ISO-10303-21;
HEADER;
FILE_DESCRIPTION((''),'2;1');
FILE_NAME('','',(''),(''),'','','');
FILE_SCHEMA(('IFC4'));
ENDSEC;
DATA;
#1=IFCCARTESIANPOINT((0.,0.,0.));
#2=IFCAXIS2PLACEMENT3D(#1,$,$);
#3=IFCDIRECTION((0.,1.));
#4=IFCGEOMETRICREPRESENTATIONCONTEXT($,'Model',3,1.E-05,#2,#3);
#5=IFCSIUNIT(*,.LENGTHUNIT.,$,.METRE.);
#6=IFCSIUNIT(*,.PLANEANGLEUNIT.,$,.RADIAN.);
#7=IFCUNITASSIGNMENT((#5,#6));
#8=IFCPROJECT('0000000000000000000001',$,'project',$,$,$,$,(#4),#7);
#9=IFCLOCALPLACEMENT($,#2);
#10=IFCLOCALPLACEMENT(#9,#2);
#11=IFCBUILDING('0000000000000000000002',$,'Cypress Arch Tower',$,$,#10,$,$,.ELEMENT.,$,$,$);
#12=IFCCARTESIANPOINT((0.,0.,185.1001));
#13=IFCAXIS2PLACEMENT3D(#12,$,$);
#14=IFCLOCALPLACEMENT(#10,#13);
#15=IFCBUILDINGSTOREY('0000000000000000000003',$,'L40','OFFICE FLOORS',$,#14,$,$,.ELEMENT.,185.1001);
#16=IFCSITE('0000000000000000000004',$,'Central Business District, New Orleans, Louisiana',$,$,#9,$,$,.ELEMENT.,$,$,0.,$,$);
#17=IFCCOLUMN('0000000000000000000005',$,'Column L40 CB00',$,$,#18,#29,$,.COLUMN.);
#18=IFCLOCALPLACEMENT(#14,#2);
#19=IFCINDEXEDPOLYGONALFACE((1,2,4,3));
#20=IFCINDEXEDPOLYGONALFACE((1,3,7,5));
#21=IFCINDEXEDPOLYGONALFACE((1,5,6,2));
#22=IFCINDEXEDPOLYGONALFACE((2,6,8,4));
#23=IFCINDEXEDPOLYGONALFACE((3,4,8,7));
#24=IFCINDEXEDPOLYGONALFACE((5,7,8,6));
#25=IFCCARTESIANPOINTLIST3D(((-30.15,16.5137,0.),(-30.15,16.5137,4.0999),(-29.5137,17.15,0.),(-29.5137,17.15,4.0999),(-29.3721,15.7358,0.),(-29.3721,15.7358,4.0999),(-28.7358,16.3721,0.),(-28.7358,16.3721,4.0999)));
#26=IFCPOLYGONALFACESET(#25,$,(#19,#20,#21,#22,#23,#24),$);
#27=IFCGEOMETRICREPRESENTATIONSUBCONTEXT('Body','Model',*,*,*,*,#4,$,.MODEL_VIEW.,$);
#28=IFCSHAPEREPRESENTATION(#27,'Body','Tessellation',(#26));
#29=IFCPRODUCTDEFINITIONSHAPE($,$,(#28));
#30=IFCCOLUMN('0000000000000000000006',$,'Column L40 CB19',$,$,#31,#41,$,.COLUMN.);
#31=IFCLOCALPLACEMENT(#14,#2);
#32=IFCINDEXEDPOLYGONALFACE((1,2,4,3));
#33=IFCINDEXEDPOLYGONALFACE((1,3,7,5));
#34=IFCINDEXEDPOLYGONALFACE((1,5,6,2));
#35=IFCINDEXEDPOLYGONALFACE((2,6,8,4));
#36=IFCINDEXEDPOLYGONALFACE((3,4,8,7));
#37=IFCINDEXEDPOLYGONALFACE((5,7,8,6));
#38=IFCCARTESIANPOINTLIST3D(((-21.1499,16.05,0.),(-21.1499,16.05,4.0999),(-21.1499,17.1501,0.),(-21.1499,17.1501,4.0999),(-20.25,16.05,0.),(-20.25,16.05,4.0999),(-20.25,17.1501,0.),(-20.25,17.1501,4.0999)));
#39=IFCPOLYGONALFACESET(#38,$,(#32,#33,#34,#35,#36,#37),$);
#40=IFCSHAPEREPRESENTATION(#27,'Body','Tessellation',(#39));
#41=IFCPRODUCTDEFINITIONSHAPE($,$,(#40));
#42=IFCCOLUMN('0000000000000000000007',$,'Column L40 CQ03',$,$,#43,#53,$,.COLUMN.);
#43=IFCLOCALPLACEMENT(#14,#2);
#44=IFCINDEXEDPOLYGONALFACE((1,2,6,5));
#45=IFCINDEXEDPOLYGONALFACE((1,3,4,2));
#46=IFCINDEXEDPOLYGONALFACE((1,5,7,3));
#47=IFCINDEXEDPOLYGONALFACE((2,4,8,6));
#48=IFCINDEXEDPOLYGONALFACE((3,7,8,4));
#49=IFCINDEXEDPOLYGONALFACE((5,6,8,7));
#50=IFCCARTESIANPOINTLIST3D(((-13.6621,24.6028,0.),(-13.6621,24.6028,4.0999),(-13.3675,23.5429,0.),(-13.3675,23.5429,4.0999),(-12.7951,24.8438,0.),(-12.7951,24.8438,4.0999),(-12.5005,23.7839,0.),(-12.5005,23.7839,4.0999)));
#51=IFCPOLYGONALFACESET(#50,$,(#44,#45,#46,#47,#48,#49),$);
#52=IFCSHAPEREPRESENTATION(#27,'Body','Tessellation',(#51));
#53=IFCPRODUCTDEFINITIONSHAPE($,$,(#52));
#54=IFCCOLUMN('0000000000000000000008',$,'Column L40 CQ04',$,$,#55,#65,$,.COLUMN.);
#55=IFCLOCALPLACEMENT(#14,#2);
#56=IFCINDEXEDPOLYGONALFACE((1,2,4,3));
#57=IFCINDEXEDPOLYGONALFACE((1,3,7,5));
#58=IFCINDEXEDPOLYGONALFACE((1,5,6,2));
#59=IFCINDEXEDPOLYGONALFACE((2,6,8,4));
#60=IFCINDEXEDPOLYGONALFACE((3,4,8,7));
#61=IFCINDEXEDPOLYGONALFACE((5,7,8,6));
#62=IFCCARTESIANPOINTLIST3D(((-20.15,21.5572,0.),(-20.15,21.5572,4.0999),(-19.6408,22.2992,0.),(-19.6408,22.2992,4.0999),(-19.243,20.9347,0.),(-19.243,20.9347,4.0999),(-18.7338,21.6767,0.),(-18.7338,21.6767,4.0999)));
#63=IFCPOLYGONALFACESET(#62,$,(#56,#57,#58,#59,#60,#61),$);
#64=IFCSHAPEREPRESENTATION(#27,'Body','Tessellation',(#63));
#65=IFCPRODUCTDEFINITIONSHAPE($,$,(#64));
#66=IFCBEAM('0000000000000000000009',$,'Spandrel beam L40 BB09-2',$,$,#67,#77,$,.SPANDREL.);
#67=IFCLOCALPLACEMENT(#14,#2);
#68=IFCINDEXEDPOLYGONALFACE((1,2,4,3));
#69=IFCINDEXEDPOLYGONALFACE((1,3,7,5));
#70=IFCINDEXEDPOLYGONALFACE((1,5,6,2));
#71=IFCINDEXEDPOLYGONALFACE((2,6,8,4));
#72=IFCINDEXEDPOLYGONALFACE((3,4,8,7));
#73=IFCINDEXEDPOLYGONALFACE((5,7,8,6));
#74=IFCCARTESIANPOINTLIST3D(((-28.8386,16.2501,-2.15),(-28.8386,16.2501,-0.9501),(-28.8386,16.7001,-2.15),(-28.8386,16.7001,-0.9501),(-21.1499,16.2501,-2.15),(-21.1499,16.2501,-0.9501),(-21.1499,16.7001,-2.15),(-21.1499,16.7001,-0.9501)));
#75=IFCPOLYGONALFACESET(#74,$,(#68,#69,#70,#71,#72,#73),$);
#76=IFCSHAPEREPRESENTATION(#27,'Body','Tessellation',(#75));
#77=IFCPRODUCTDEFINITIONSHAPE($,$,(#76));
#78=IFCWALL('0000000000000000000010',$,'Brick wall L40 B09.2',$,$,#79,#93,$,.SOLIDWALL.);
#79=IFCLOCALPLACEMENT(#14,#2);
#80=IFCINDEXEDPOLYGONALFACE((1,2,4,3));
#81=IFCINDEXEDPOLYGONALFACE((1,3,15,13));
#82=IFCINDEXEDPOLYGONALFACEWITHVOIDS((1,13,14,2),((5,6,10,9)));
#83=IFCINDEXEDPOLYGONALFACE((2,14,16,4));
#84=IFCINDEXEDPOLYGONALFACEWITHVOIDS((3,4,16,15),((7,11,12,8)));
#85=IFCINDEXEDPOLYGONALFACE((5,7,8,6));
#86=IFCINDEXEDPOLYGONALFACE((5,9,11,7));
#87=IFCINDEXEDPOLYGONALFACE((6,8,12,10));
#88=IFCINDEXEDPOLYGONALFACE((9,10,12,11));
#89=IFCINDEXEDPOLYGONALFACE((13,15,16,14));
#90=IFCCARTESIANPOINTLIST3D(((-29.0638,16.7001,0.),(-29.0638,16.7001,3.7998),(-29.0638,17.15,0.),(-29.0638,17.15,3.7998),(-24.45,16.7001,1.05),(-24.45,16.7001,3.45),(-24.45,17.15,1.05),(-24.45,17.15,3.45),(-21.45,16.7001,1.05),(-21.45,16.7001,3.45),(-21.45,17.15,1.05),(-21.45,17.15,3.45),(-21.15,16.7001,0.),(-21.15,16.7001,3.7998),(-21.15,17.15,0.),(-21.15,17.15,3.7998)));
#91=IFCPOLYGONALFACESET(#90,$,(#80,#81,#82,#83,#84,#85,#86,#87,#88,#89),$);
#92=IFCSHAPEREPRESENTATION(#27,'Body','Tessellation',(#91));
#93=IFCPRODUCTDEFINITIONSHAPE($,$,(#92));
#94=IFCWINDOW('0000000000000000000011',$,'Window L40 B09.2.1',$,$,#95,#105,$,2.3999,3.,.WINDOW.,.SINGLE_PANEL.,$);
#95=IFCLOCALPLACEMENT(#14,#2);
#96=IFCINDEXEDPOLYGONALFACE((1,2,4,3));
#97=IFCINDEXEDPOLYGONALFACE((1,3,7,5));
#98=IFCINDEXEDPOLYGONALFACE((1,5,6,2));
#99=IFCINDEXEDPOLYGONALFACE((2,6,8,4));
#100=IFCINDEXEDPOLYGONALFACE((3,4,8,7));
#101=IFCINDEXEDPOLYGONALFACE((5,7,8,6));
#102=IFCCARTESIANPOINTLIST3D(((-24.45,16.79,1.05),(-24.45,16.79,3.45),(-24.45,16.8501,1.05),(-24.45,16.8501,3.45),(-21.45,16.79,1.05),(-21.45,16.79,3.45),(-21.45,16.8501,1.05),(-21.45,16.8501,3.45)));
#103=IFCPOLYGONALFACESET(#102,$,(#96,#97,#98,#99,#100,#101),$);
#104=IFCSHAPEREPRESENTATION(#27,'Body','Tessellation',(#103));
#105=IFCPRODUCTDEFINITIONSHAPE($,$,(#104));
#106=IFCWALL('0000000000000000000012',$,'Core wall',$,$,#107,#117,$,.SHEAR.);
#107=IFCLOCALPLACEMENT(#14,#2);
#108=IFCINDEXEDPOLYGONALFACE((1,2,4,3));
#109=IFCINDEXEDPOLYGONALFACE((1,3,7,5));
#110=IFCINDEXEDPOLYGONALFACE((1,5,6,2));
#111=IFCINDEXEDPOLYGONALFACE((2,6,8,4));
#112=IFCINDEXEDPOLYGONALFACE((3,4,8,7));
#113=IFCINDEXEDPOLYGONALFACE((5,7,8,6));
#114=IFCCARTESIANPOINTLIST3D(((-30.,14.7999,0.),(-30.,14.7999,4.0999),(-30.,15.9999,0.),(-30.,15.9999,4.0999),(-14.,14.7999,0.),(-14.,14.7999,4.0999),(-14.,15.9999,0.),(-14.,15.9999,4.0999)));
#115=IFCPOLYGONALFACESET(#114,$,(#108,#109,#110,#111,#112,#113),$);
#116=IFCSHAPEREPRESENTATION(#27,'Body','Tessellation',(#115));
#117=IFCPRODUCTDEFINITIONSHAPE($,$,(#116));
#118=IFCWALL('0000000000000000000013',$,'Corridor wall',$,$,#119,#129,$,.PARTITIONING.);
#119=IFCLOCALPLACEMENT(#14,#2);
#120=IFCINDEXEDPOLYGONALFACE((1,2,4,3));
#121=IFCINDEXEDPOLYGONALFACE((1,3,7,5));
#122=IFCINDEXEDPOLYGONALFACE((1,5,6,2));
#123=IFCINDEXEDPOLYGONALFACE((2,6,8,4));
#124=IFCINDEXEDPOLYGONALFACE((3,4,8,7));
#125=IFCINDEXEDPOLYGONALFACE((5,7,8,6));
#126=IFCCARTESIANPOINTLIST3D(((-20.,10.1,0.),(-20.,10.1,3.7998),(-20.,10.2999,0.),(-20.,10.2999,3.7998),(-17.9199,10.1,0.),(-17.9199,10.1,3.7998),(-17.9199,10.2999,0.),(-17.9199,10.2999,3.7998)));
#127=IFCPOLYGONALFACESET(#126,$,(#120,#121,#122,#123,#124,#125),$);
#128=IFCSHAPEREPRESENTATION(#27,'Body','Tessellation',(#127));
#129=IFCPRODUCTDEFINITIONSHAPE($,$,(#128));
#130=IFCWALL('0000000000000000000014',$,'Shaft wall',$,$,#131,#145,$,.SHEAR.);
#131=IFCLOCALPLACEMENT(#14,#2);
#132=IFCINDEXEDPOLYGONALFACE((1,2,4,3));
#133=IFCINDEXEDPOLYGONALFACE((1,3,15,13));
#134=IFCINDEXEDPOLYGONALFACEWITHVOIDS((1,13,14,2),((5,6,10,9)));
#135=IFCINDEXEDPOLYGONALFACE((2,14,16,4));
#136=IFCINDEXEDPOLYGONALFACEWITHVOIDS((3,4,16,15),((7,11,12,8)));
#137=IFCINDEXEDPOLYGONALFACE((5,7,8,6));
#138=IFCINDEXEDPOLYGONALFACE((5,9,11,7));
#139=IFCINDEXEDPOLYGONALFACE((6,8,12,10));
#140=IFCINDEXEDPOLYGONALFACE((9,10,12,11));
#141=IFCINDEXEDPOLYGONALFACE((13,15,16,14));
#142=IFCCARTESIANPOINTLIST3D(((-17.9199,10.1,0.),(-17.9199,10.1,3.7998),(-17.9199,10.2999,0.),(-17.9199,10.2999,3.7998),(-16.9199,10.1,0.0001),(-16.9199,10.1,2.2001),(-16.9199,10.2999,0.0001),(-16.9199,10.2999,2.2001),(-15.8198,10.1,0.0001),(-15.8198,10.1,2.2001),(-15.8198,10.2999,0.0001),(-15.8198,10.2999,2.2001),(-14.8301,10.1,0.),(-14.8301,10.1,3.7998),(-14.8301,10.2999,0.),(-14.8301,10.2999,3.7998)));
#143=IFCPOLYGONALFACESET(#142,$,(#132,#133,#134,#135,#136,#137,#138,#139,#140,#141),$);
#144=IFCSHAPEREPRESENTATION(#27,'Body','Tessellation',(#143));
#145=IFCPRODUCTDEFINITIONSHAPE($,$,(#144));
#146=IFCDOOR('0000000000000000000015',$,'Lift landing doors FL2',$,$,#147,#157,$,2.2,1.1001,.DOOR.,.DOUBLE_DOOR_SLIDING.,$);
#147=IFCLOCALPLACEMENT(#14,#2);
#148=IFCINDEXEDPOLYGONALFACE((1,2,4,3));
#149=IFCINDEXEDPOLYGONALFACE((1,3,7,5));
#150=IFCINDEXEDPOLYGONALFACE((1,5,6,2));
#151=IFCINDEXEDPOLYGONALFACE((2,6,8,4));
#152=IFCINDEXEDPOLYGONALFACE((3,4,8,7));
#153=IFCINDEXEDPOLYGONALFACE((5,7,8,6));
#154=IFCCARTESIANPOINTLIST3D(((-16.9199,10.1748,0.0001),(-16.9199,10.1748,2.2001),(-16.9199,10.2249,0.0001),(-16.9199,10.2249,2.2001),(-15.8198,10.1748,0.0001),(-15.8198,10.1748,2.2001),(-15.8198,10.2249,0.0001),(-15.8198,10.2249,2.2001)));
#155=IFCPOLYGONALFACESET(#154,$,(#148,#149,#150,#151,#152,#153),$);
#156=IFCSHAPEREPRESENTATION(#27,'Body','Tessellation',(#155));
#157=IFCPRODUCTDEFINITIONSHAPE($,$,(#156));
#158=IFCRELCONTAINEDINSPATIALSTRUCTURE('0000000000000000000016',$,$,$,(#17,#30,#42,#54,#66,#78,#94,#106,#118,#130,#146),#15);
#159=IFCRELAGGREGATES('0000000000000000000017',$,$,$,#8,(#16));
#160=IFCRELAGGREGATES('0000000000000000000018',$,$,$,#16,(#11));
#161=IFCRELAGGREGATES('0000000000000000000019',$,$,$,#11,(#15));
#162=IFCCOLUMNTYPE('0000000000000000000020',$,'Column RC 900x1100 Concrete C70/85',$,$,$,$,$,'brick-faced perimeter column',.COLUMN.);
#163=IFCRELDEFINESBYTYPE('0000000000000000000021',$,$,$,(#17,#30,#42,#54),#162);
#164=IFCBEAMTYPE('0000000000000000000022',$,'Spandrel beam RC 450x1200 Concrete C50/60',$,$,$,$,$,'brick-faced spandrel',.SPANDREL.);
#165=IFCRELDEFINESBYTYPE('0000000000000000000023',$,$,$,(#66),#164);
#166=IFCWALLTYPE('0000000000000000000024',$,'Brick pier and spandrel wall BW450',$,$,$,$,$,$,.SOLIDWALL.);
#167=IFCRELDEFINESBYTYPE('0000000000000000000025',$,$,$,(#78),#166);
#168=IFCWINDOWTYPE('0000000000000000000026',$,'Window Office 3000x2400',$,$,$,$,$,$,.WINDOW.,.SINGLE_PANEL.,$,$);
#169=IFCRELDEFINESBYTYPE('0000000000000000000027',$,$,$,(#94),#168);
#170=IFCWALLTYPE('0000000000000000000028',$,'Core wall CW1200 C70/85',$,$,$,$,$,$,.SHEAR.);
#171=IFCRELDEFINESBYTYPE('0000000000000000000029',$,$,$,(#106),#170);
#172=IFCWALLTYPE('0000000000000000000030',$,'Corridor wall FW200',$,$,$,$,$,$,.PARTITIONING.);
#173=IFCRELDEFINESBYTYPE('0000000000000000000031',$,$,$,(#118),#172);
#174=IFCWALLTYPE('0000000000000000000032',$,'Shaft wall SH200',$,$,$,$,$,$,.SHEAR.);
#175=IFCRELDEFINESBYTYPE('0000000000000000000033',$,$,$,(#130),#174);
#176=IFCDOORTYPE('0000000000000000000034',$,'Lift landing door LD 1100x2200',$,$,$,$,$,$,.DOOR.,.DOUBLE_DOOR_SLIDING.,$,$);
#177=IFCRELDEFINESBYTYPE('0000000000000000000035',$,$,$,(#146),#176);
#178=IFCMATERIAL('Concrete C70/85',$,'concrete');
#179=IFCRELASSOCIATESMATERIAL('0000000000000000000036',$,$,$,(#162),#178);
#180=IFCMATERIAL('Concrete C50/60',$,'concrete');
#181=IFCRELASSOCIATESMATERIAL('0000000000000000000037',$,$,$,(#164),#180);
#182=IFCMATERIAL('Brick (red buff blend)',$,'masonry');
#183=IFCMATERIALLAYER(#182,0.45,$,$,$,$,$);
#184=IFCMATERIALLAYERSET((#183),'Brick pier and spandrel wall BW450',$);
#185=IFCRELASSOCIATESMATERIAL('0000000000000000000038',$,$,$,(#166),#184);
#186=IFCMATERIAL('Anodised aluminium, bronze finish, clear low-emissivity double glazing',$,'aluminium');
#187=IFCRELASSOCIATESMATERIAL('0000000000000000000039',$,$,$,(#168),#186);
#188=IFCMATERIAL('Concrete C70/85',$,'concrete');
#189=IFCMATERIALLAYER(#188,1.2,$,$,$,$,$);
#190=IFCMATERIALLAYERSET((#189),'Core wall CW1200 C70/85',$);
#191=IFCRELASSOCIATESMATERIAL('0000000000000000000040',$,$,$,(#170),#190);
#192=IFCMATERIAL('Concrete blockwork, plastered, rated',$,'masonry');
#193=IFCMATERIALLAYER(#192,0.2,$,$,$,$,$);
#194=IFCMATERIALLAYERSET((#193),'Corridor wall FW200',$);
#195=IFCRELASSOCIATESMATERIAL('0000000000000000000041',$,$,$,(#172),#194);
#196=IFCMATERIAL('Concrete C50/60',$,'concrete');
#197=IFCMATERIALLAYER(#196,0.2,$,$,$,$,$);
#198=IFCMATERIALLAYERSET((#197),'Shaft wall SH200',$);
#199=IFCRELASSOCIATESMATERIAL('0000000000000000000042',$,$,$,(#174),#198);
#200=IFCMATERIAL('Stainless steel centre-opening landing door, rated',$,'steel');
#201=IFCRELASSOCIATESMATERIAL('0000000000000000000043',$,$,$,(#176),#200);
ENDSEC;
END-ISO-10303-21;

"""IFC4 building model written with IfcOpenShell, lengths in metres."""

from ifc_helpers import new_model, si_unit, direction, frame, frame_2d, origin, origin_2d, place, context, subcontext, project, spatial, rectangle, extrude, material, layer, layer_set, material_profile, profile_set, type_object, element, fill, save


model = new_model("IFC4")

# Units and contexts
model_context = context("Model", 3, precision=1e-05, world=origin(), true_north=direction((0.0, 1.0)))
body_context = subcontext(model_context, "Body", "Model", "MODEL_VIEW")
ifc_project = project(units=[si_unit("LENGTHUNIT", "METRE"), si_unit("PLANEANGLEUNIT", "RADIAN")], contexts=[model_context])

# Site, building, storey
site_placement = place(None, origin())
site = spatial("IfcSite", under=ifc_project, at=site_placement, Name="Central Business District, New Orleans, Louisiana", CompositionType="ELEMENT", RefElevation=0.0)
building_placement = place(site_placement, origin())
building = spatial("IfcBuilding", under=site, at=building_placement, Name="Cypress Arch Tower", CompositionType="ELEMENT")
storey_placement = place(building_placement, frame((0.0, 0.0, 185.1001)))
storey = spatial("IfcBuildingStorey", under=building, at=storey_placement, Name="L40", Description="OFFICE FLOORS", CompositionType="ELEMENT", Elevation=185.1001)

# Columns
ifc_material_1 = material(Name="Concrete C70/85", Category="concrete")
ifc_material_profile_1 = material_profile(ifc_material_1, rectangle(XDim=0.8999, YDim=1.1001, at=origin_2d()), Name="RC 900x1100")
ifc_profile_set_1 = profile_set([ifc_material_profile_1], Name="Concrete C70/85")
column_type = type_object("IfcColumnType", Name="Column RC 900x1100 Concrete C70/85", ElementType="brick-faced perimeter column", PredefinedType="COLUMN", material=ifc_profile_set_1)
for number, where, z_axis, x_axis, name in (
    (1, (-29.4429, 16.4429, 0.0), (0.0, 0.0, 1.0), (-0.707107, -0.707107, 0.0), "Column L40 CB00"),
    (2, (-20.7, 16.6001, 0.0), (0.0, 0.0, 1.0), (-1.0, 0.0, 0.0), "Column L40 CB19"),
    (3, (-13.0813, 24.1934, 0.0), (0.0, 0.0, 1.0), (-0.963456, -0.267868, 0.0), "Column L40 CQ03"),
    (4, (-19.4419, 21.6169, 0.0), (0.0, 0.0, 1.0), (-0.565893, -0.824479, 0.0), "Column L40 CQ04"),
):
    element("IfcColumn", number, at=place(storey_placement, frame(where, z_axis=z_axis, x_axis=x_axis)), inside=storey, type_object=column_type, Name=name, PredefinedType="COLUMN", context=body_context, shape_type="SweptSolid", body=[
        extrude(rectangle(XDim=0.8999, YDim=1.1001, at=origin_2d()), origin(), (0.0, 0.0, 1.0), 4.0999),
    ])

# Beam
ifc_material_2 = material(Name="Concrete C50/60", Category="concrete")
ifc_material_profile_2 = material_profile(ifc_material_2, rectangle(XDim=0.45, YDim=1.2, at=origin_2d()), Name="RC 450x1200")
ifc_profile_set_2 = profile_set([ifc_material_profile_2], Name="Concrete C50/60")
beam_type = type_object("IfcBeamType", Name="Spandrel beam RC 450x1200 Concrete C50/60", ElementType="brick-faced spandrel", PredefinedType="SPANDREL", material=ifc_profile_set_2)
beam_placement = place(storey_placement, frame((-21.1499, 16.4751, -1.55), z_axis=(-1.0, 0.0, 0.0), x_axis=(0.0, -1.0, 0.0)))
element("IfcBeam", 5, at=beam_placement, inside=storey, type_object=beam_type, Name="Spandrel beam L40 BB09-2", PredefinedType="SPANDREL", context=body_context, shape_type="SweptSolid", body=[
    extrude(rectangle(XDim=0.45, YDim=1.2, at=origin_2d()), origin(), (0.0, 0.0, 1.0), 7.6887),
])

# Wall, opening, window
ifc_material_3 = material(Name="Brick (red buff blend)", Category="masonry")
ifc_layer_1 = layer(ifc_material_3, 0.45)
ifc_layer_set_1 = layer_set([ifc_layer_1], Name="Brick pier and spandrel wall BW450")
wall_type_1 = type_object("IfcWallType", Name="Brick pier and spandrel wall BW450", PredefinedType="SOLIDWALL", material=ifc_layer_set_1)
wall_1_placement = place(storey_placement, frame((-21.1499, 16.925, 0.0), z_axis=(0.0, 0.0, 1.0), x_axis=(-1.0, 0.0, 0.0)))
wall_1 = element("IfcWall", 6, at=wall_1_placement, inside=storey, type_object=wall_type_1, Name="Brick wall L40 B09.2", PredefinedType="SOLIDWALL", context=body_context, shape_type="SweptSolid", body=[
    extrude(rectangle(XDim=7.9138, YDim=0.45, at=frame_2d((3.957, 0.0))), origin(), (0.0, 0.0, 1.0), 3.7998),
])
opening_1_placement = place(wall_1_placement, frame((0.3, 0.0, 1.05)))
opening_1 = element("IfcOpeningElement", 7, at=opening_1_placement, cuts=wall_1, PredefinedType="OPENING", context=body_context, shape_type="SweptSolid", body=[
    extrude(rectangle(XDim=3.0, YDim=2.3999, at=frame_2d((1.5, 1.2))), frame((0.0, 0.2349, 0.0), z_axis=(0.0, -1.0, 0.0), x_axis=(1.0, 0.0, 0.0)), (0.0, 0.0, 1.0), 0.47),
])
ifc_material_4 = material(Name="Anodised aluminium, bronze finish, clear low-emissivity double glazing", Category="aluminium")
window_type = type_object("IfcWindowType", Name="Window Office 3000x2400", PartitioningType="SINGLE_PANEL", PredefinedType="WINDOW", material=ifc_material_4)
window_placement = place(opening_1_placement, origin())
window = element("IfcWindow", 8, at=window_placement, inside=storey, type_object=window_type, Name="Window L40 B09.2.1", OverallHeight=2.3999, OverallWidth=3.0, PartitioningType="SINGLE_PANEL", PredefinedType="WINDOW", context=body_context, shape_type="SweptSolid", body=[
    extrude(rectangle(XDim=3.0, YDim=2.3999, at=frame_2d((1.5, 1.2))), frame((0.0, 0.135, 0.0), z_axis=(0.0, -1.0, 0.0), x_axis=(1.0, 0.0, 0.0)), (0.0, 0.0, 1.0), 0.0601),
])
fill(opening_1, window)

# Walls
ifc_material_5 = material(Name="Concrete C70/85", Category="concrete")
ifc_layer_2 = layer(ifc_material_5, 1.2)
ifc_layer_set_2 = layer_set([ifc_layer_2], Name="Core wall CW1200 C70/85")
wall_type_2 = type_object("IfcWallType", Name="Core wall CW1200 C70/85", PredefinedType="SHEAR", material=ifc_layer_set_2)
wall_2_placement = place(storey_placement, frame((-30.0, 15.3999, 0.0), z_axis=(0.0, 0.0, 1.0), x_axis=(1.0, 0.0, 0.0)))
element("IfcWall", 9, at=wall_2_placement, inside=storey, type_object=wall_type_2, Name="Core wall", PredefinedType="SHEAR", context=body_context, shape_type="SweptSolid", body=[
    extrude(rectangle(XDim=16.0, YDim=1.2, at=frame_2d((8.0, 0.0))), origin(), (0.0, 0.0, 1.0), 4.0999),
])
ifc_material_6 = material(Name="Concrete blockwork, plastered, rated", Category="masonry")
ifc_layer_3 = layer(ifc_material_6, 0.2)
ifc_layer_set_3 = layer_set([ifc_layer_3], Name="Corridor wall FW200")
wall_type_3 = type_object("IfcWallType", Name="Corridor wall FW200", PredefinedType="PARTITIONING", material=ifc_layer_set_3)
wall_3_placement = place(storey_placement, frame((-20.0, 10.2, 0.0), z_axis=(0.0, 0.0, 1.0), x_axis=(1.0, 0.0, 0.0)))
element("IfcWall", 10, at=wall_3_placement, inside=storey, type_object=wall_type_3, Name="Corridor wall", PredefinedType="PARTITIONING", context=body_context, shape_type="SweptSolid", body=[
    extrude(rectangle(XDim=2.0801, YDim=0.2, at=frame_2d((1.04, 0.0))), origin(), (0.0, 0.0, 1.0), 3.7998),
])

# Wall, opening, door
ifc_material_7 = material(Name="Concrete C50/60", Category="concrete")
ifc_layer_4 = layer(ifc_material_7, 0.2)
ifc_layer_set_4 = layer_set([ifc_layer_4], Name="Shaft wall SH200")
wall_type_4 = type_object("IfcWallType", Name="Shaft wall SH200", PredefinedType="SHEAR", material=ifc_layer_set_4)
wall_4_placement = place(storey_placement, frame((-17.9199, 10.2, 0.0), z_axis=(0.0, 0.0, 1.0), x_axis=(1.0, 0.0, 0.0)))
wall_4 = element("IfcWall", 11, at=wall_4_placement, inside=storey, type_object=wall_type_4, Name="Shaft wall", PredefinedType="SHEAR", context=body_context, shape_type="SweptSolid", body=[
    extrude(rectangle(XDim=3.0898, YDim=0.2, at=frame_2d((1.5449, 0.0))), origin(), (0.0, 0.0, 1.0), 3.7998),
])
opening_2_placement = place(wall_4_placement, frame((1.0, 0.0, 0.0)))
opening_2 = element("IfcOpeningElement", 12, at=opening_2_placement, cuts=wall_4, PredefinedType="OPENING", context=body_context, shape_type="SweptSolid", body=[
    extrude(rectangle(XDim=1.1001, YDim=2.2, at=frame_2d((0.55, 1.1001))), frame((0.0, 0.1099, 0.0), z_axis=(0.0, -1.0, 0.0), x_axis=(1.0, 0.0, 0.0)), (0.0, 0.0, 1.0), 0.22),
])
ifc_material_8 = material(Name="Stainless steel centre-opening landing door, rated", Category="steel")
door_type_1 = type_object("IfcDoorType", Name="Lift landing door LD 1100x2200", OperationType="DOUBLE_DOOR_SLIDING", PredefinedType="DOOR", material=ifc_material_8)
door_1_placement = place(opening_2_placement, origin())
door_1 = element("IfcDoor", 13, at=door_1_placement, inside=storey, type_object=door_type_1, Name="Lift landing doors FL2", OperationType="DOUBLE_DOOR_SLIDING", OverallHeight=2.2, OverallWidth=1.1001, PredefinedType="DOOR", context=body_context, shape_type="SweptSolid", body=[
    extrude(rectangle(XDim=1.1001, YDim=2.2, at=frame_2d((0.55, 1.1001))), frame((0.0, 0.0249, 0.0), z_axis=(0.0, -1.0, 0.0), x_axis=(1.0, 0.0, 0.0)), (0.0, 0.0, 1.0), 0.05),
])
fill(opening_2, door_1)

save(model, "model.ifc")
